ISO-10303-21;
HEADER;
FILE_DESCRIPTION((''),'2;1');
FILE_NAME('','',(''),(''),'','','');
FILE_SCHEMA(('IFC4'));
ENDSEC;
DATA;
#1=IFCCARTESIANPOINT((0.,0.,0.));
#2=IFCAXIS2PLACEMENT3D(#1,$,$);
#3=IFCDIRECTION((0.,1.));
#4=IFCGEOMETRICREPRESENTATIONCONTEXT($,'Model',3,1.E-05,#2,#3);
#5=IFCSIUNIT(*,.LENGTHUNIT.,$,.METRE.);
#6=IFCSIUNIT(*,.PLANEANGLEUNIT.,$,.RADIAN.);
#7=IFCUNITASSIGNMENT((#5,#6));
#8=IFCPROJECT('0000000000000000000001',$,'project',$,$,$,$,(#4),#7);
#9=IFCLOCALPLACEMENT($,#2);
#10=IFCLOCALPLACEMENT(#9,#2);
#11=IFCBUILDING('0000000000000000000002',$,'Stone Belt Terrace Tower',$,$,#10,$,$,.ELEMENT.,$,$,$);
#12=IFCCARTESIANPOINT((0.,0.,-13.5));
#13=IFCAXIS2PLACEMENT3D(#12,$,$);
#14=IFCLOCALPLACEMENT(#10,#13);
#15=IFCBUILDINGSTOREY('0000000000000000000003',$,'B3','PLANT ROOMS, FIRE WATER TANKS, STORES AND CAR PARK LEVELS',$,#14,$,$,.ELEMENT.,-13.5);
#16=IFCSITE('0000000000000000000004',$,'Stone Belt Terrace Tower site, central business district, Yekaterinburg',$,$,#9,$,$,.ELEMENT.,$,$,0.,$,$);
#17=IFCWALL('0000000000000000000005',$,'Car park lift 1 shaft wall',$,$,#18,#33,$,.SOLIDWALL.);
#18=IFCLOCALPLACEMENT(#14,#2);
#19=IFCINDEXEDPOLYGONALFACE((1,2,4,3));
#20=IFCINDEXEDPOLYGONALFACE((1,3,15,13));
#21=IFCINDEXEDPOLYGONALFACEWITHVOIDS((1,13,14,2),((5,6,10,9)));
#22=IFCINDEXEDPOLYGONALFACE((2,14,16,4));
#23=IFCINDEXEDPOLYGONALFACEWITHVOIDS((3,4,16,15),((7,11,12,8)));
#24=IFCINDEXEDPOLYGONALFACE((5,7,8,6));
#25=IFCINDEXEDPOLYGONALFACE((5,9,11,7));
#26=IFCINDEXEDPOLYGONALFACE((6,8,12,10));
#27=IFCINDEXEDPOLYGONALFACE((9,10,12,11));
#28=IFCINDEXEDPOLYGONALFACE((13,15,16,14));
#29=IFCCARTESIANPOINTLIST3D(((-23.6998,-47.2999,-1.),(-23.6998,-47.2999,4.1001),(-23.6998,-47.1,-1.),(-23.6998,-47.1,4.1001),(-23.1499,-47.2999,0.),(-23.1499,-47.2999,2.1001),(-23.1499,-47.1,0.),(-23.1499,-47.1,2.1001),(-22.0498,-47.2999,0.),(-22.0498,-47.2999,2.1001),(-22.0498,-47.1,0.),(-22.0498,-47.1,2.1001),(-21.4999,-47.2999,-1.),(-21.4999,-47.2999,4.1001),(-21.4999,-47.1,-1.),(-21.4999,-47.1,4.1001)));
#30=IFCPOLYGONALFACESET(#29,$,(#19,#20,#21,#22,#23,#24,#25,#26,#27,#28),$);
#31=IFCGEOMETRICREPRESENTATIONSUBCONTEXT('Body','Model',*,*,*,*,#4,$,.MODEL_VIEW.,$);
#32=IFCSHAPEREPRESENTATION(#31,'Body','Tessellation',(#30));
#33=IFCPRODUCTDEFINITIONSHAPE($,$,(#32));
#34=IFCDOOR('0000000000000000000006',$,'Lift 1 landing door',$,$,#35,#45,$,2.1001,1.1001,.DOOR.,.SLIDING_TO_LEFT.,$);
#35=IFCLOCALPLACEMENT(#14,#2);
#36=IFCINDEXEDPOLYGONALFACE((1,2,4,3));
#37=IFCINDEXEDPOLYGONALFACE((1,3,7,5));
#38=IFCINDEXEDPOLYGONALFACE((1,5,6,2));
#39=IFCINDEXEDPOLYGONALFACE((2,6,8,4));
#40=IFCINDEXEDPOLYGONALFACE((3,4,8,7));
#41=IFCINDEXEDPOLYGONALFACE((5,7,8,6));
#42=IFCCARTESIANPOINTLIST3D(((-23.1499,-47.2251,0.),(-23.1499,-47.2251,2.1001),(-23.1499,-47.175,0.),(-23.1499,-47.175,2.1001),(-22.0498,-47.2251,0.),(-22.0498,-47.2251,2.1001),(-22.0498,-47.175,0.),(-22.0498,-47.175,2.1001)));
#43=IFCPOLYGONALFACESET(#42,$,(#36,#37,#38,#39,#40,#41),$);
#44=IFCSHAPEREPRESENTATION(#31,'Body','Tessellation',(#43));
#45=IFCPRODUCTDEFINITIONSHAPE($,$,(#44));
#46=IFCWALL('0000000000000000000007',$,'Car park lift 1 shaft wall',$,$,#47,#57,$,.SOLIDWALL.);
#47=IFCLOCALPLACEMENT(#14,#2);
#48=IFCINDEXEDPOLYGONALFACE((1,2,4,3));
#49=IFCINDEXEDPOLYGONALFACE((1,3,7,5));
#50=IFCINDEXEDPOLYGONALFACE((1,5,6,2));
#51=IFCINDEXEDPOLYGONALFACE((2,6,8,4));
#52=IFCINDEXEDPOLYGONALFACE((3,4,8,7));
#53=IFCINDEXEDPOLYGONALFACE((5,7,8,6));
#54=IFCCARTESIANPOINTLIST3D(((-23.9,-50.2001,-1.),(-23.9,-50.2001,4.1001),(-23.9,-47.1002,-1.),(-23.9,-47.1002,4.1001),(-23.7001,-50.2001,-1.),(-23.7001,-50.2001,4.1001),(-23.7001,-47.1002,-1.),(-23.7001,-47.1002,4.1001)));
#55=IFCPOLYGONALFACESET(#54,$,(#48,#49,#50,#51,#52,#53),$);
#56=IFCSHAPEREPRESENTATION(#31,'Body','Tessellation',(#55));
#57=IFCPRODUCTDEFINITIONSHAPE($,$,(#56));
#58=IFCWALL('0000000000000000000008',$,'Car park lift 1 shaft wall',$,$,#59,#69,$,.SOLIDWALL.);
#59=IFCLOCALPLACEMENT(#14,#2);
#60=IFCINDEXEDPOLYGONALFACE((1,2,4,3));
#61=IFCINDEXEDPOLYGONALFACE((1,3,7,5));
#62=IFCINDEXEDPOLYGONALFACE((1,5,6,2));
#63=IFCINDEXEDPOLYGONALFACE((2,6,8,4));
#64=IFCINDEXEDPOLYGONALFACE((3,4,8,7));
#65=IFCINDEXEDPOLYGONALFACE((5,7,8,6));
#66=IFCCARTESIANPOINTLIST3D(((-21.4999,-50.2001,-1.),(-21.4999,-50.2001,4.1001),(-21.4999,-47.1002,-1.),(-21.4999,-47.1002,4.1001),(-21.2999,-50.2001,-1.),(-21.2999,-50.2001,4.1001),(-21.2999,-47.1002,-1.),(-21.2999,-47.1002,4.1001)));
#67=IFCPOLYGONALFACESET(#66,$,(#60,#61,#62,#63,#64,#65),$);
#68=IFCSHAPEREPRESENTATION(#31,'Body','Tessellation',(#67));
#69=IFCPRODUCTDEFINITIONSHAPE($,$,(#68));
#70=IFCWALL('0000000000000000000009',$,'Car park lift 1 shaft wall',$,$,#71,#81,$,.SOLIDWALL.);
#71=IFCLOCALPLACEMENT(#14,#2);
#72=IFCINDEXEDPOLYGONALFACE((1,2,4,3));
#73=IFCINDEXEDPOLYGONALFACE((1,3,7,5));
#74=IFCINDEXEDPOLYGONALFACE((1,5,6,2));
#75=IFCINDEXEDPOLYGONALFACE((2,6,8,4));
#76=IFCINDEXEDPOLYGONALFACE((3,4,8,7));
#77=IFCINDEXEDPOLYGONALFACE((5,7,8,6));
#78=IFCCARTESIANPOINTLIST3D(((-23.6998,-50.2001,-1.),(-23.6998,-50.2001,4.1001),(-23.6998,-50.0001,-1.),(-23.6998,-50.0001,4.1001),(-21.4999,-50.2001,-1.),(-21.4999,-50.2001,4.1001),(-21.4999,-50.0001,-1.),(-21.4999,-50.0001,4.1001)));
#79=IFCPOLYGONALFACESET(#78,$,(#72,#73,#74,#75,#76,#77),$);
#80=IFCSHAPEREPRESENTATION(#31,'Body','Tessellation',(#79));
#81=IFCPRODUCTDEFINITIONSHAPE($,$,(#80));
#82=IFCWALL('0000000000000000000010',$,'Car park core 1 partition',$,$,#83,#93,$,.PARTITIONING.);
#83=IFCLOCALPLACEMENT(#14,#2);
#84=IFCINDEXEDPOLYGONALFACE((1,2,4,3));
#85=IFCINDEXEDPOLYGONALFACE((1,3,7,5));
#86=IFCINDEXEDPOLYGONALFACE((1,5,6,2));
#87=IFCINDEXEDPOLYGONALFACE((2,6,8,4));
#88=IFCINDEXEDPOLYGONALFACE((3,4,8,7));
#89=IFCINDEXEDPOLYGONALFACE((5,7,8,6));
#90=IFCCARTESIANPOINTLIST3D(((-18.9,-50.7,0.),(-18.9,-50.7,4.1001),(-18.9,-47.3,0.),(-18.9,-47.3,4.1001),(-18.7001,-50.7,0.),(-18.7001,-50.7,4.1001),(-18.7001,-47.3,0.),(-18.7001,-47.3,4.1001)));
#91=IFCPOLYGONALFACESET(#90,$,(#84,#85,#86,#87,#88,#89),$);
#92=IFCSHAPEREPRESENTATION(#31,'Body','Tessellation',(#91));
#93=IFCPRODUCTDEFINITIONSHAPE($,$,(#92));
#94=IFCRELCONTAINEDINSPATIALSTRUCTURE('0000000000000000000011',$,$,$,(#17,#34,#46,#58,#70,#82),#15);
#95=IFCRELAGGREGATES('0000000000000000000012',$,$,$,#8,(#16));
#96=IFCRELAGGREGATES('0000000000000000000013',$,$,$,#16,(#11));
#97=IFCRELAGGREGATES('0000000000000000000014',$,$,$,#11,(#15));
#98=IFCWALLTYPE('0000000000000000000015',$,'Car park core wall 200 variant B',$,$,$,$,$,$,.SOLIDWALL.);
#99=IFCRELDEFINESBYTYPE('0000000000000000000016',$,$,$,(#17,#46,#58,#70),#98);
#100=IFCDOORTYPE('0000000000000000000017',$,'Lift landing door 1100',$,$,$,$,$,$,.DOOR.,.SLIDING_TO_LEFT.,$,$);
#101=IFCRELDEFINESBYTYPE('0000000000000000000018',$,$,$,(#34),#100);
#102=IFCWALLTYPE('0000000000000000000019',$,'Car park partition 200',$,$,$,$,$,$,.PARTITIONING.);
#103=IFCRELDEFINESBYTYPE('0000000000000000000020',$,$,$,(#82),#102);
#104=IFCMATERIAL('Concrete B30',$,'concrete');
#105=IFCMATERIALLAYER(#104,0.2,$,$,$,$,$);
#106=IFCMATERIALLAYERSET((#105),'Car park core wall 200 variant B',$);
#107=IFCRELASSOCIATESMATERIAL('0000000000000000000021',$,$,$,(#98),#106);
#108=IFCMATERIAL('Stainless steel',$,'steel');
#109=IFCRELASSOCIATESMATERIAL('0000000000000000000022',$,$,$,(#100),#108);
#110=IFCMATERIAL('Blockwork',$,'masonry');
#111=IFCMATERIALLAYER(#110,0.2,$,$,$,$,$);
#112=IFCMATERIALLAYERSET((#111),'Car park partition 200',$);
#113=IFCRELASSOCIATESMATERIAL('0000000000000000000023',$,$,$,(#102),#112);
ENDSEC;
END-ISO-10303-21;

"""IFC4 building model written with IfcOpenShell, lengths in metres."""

from ifc_helpers import new_model, si_unit, direction, frame, frame_2d, origin, place, context, subcontext, project, spatial, rectangle, extrude, material, layer, layer_set, type_object, element, fill, save


model = new_model("IFC4")

# Units and contexts
model_context = context("Model", 3, precision=1e-05, world=origin(), true_north=direction((0.0, 1.0)))
body_context = subcontext(model_context, "Body", "Model", "MODEL_VIEW")
ifc_project = project(units=[si_unit("LENGTHUNIT", "METRE"), si_unit("PLANEANGLEUNIT", "RADIAN")], contexts=[model_context])

# Site, building, storey
site_placement = place(None, origin())
site = spatial("IfcSite", under=ifc_project, at=site_placement, Name="Stone Belt Terrace Tower site, central business district, Yekaterinburg", CompositionType="ELEMENT", RefElevation=0.0)
building_placement = place(site_placement, origin())
building = spatial("IfcBuilding", under=site, at=building_placement, Name="Stone Belt Terrace Tower", CompositionType="ELEMENT")
storey_placement = place(building_placement, frame((0.0, 0.0, -13.5)))
storey = spatial("IfcBuildingStorey", under=building, at=storey_placement, Name="B3", Description="PLANT ROOMS, FIRE WATER TANKS, STORES AND CAR PARK LEVELS", CompositionType="ELEMENT", Elevation=-13.5)

# Shared definitions
ifc_material_1 = material(Name="Concrete B30", Category="concrete")

# Wall, opening, door
ifc_layer_1 = layer(ifc_material_1, 0.2)
ifc_layer_set_1 = layer_set([ifc_layer_1], Name="Car park core wall 200 variant B")
wall_type_1 = type_object("IfcWallType", Name="Car park core wall 200 variant B", PredefinedType="SOLIDWALL", material=ifc_layer_set_1)
wall_1_placement = place(storey_placement, frame((-23.7, -47.2, -1.0), z_axis=(0.0, 0.0, 1.0), x_axis=(1.0, 0.0, 0.0)))
wall_1 = element("IfcWall", 1, at=wall_1_placement, inside=storey, type_object=wall_type_1, Name="Car park lift 1 shaft wall", PredefinedType="SOLIDWALL", context=body_context, shape_type="SweptSolid", body=[
    extrude(rectangle(XDim=2.2, YDim=0.2, at=frame_2d((1.1001, 0.0))), origin(), (0.0, 0.0, 1.0), 5.1001),
])
opening_1_placement = place(wall_1_placement, frame((0.55, 0.0, 1.0)))
opening_1 = element("IfcOpeningElement", 2, at=opening_1_placement, cuts=wall_1, PredefinedType="OPENING", context=body_context, shape_type="SweptSolid", body=[
    extrude(rectangle(XDim=1.1001, YDim=2.1001, at=frame_2d((0.55, 1.05))), frame((0.0, 0.1099, 0.0), z_axis=(0.0, -1.0, 0.0), x_axis=(1.0, 0.0, 0.0)), (0.0, 0.0, 1.0), 0.22),
])
ifc_material_2 = material(Name="Stainless steel", Category="steel")
door_type_1 = type_object("IfcDoorType", Name="Lift landing door 1100", OperationType="SLIDING_TO_LEFT", PredefinedType="DOOR", material=ifc_material_2)
door_1_placement = place(opening_1_placement, origin())
door_1 = element("IfcDoor", 3, at=door_1_placement, inside=storey, type_object=door_type_1, Name="Lift 1 landing door", OperationType="SLIDING_TO_LEFT", OverallHeight=2.1001, OverallWidth=1.1001, PredefinedType="DOOR", context=body_context, shape_type="SweptSolid", body=[
    extrude(rectangle(XDim=1.1001, YDim=2.1001, at=frame_2d((0.55, 1.05))), frame((0.0, 0.0249, 0.0), z_axis=(0.0, -1.0, 0.0), x_axis=(1.0, 0.0, 0.0)), (0.0, 0.0, 1.0), 0.05),
])
fill(opening_1, door_1)

# Walls
for number, where, z_axis, x_axis, name in (
    (4, (-23.8, -50.2, -1.0), (0.0, 0.0, 1.0), (0.0, 1.0, 0.0), "Car park lift 1 shaft wall"),
    (5, (-21.3999, -50.2, -1.0), (0.0, 0.0, 1.0), (0.0, 1.0, 0.0), "Car park lift 1 shaft wall"),
):
    element("IfcWall", number, at=place(storey_placement, frame(where, z_axis=z_axis, x_axis=x_axis)), inside=storey, type_object=wall_type_1, Name=name, PredefinedType="SOLIDWALL", context=body_context, shape_type="SweptSolid", body=[
        extrude(rectangle(XDim=3.0999, YDim=0.2, at=frame_2d((1.5498, 0.0))), origin(), (0.0, 0.0, 1.0), 5.1001),
    ])
wall_2_placement = place(storey_placement, frame((-23.7, -50.1001, -1.0), z_axis=(0.0, 0.0, 1.0), x_axis=(1.0, 0.0, 0.0)))
element("IfcWall", 6, at=wall_2_placement, inside=storey, type_object=wall_type_1, Name="Car park lift 1 shaft wall", PredefinedType="SOLIDWALL", context=body_context, shape_type="SweptSolid", body=[
    extrude(rectangle(XDim=2.2, YDim=0.2, at=frame_2d((1.1001, 0.0))), origin(), (0.0, 0.0, 1.0), 5.1001),
])
ifc_material_3 = material(Name="Blockwork", Category="masonry")
ifc_layer_2 = layer(ifc_material_3, 0.2)
ifc_layer_set_2 = layer_set([ifc_layer_2], Name="Car park partition 200")
wall_type_2 = type_object("IfcWallType", Name="Car park partition 200", PredefinedType="PARTITIONING", material=ifc_layer_set_2)
wall_3_placement = place(storey_placement, frame((-18.8, -50.7, 0.0), z_axis=(0.0, 0.0, 1.0), x_axis=(0.0, 1.0, 0.0)))
element("IfcWall", 7, at=wall_3_placement, inside=storey, type_object=wall_type_2, Name="Car park core 1 partition", PredefinedType="PARTITIONING", context=body_context, shape_type="SweptSolid", body=[
    extrude(rectangle(XDim=3.3999, YDim=0.2, at=frame_2d((1.7, 0.0))), origin(), (0.0, 0.0, 1.0), 4.1001),
])

save(model, "model.ifc")
